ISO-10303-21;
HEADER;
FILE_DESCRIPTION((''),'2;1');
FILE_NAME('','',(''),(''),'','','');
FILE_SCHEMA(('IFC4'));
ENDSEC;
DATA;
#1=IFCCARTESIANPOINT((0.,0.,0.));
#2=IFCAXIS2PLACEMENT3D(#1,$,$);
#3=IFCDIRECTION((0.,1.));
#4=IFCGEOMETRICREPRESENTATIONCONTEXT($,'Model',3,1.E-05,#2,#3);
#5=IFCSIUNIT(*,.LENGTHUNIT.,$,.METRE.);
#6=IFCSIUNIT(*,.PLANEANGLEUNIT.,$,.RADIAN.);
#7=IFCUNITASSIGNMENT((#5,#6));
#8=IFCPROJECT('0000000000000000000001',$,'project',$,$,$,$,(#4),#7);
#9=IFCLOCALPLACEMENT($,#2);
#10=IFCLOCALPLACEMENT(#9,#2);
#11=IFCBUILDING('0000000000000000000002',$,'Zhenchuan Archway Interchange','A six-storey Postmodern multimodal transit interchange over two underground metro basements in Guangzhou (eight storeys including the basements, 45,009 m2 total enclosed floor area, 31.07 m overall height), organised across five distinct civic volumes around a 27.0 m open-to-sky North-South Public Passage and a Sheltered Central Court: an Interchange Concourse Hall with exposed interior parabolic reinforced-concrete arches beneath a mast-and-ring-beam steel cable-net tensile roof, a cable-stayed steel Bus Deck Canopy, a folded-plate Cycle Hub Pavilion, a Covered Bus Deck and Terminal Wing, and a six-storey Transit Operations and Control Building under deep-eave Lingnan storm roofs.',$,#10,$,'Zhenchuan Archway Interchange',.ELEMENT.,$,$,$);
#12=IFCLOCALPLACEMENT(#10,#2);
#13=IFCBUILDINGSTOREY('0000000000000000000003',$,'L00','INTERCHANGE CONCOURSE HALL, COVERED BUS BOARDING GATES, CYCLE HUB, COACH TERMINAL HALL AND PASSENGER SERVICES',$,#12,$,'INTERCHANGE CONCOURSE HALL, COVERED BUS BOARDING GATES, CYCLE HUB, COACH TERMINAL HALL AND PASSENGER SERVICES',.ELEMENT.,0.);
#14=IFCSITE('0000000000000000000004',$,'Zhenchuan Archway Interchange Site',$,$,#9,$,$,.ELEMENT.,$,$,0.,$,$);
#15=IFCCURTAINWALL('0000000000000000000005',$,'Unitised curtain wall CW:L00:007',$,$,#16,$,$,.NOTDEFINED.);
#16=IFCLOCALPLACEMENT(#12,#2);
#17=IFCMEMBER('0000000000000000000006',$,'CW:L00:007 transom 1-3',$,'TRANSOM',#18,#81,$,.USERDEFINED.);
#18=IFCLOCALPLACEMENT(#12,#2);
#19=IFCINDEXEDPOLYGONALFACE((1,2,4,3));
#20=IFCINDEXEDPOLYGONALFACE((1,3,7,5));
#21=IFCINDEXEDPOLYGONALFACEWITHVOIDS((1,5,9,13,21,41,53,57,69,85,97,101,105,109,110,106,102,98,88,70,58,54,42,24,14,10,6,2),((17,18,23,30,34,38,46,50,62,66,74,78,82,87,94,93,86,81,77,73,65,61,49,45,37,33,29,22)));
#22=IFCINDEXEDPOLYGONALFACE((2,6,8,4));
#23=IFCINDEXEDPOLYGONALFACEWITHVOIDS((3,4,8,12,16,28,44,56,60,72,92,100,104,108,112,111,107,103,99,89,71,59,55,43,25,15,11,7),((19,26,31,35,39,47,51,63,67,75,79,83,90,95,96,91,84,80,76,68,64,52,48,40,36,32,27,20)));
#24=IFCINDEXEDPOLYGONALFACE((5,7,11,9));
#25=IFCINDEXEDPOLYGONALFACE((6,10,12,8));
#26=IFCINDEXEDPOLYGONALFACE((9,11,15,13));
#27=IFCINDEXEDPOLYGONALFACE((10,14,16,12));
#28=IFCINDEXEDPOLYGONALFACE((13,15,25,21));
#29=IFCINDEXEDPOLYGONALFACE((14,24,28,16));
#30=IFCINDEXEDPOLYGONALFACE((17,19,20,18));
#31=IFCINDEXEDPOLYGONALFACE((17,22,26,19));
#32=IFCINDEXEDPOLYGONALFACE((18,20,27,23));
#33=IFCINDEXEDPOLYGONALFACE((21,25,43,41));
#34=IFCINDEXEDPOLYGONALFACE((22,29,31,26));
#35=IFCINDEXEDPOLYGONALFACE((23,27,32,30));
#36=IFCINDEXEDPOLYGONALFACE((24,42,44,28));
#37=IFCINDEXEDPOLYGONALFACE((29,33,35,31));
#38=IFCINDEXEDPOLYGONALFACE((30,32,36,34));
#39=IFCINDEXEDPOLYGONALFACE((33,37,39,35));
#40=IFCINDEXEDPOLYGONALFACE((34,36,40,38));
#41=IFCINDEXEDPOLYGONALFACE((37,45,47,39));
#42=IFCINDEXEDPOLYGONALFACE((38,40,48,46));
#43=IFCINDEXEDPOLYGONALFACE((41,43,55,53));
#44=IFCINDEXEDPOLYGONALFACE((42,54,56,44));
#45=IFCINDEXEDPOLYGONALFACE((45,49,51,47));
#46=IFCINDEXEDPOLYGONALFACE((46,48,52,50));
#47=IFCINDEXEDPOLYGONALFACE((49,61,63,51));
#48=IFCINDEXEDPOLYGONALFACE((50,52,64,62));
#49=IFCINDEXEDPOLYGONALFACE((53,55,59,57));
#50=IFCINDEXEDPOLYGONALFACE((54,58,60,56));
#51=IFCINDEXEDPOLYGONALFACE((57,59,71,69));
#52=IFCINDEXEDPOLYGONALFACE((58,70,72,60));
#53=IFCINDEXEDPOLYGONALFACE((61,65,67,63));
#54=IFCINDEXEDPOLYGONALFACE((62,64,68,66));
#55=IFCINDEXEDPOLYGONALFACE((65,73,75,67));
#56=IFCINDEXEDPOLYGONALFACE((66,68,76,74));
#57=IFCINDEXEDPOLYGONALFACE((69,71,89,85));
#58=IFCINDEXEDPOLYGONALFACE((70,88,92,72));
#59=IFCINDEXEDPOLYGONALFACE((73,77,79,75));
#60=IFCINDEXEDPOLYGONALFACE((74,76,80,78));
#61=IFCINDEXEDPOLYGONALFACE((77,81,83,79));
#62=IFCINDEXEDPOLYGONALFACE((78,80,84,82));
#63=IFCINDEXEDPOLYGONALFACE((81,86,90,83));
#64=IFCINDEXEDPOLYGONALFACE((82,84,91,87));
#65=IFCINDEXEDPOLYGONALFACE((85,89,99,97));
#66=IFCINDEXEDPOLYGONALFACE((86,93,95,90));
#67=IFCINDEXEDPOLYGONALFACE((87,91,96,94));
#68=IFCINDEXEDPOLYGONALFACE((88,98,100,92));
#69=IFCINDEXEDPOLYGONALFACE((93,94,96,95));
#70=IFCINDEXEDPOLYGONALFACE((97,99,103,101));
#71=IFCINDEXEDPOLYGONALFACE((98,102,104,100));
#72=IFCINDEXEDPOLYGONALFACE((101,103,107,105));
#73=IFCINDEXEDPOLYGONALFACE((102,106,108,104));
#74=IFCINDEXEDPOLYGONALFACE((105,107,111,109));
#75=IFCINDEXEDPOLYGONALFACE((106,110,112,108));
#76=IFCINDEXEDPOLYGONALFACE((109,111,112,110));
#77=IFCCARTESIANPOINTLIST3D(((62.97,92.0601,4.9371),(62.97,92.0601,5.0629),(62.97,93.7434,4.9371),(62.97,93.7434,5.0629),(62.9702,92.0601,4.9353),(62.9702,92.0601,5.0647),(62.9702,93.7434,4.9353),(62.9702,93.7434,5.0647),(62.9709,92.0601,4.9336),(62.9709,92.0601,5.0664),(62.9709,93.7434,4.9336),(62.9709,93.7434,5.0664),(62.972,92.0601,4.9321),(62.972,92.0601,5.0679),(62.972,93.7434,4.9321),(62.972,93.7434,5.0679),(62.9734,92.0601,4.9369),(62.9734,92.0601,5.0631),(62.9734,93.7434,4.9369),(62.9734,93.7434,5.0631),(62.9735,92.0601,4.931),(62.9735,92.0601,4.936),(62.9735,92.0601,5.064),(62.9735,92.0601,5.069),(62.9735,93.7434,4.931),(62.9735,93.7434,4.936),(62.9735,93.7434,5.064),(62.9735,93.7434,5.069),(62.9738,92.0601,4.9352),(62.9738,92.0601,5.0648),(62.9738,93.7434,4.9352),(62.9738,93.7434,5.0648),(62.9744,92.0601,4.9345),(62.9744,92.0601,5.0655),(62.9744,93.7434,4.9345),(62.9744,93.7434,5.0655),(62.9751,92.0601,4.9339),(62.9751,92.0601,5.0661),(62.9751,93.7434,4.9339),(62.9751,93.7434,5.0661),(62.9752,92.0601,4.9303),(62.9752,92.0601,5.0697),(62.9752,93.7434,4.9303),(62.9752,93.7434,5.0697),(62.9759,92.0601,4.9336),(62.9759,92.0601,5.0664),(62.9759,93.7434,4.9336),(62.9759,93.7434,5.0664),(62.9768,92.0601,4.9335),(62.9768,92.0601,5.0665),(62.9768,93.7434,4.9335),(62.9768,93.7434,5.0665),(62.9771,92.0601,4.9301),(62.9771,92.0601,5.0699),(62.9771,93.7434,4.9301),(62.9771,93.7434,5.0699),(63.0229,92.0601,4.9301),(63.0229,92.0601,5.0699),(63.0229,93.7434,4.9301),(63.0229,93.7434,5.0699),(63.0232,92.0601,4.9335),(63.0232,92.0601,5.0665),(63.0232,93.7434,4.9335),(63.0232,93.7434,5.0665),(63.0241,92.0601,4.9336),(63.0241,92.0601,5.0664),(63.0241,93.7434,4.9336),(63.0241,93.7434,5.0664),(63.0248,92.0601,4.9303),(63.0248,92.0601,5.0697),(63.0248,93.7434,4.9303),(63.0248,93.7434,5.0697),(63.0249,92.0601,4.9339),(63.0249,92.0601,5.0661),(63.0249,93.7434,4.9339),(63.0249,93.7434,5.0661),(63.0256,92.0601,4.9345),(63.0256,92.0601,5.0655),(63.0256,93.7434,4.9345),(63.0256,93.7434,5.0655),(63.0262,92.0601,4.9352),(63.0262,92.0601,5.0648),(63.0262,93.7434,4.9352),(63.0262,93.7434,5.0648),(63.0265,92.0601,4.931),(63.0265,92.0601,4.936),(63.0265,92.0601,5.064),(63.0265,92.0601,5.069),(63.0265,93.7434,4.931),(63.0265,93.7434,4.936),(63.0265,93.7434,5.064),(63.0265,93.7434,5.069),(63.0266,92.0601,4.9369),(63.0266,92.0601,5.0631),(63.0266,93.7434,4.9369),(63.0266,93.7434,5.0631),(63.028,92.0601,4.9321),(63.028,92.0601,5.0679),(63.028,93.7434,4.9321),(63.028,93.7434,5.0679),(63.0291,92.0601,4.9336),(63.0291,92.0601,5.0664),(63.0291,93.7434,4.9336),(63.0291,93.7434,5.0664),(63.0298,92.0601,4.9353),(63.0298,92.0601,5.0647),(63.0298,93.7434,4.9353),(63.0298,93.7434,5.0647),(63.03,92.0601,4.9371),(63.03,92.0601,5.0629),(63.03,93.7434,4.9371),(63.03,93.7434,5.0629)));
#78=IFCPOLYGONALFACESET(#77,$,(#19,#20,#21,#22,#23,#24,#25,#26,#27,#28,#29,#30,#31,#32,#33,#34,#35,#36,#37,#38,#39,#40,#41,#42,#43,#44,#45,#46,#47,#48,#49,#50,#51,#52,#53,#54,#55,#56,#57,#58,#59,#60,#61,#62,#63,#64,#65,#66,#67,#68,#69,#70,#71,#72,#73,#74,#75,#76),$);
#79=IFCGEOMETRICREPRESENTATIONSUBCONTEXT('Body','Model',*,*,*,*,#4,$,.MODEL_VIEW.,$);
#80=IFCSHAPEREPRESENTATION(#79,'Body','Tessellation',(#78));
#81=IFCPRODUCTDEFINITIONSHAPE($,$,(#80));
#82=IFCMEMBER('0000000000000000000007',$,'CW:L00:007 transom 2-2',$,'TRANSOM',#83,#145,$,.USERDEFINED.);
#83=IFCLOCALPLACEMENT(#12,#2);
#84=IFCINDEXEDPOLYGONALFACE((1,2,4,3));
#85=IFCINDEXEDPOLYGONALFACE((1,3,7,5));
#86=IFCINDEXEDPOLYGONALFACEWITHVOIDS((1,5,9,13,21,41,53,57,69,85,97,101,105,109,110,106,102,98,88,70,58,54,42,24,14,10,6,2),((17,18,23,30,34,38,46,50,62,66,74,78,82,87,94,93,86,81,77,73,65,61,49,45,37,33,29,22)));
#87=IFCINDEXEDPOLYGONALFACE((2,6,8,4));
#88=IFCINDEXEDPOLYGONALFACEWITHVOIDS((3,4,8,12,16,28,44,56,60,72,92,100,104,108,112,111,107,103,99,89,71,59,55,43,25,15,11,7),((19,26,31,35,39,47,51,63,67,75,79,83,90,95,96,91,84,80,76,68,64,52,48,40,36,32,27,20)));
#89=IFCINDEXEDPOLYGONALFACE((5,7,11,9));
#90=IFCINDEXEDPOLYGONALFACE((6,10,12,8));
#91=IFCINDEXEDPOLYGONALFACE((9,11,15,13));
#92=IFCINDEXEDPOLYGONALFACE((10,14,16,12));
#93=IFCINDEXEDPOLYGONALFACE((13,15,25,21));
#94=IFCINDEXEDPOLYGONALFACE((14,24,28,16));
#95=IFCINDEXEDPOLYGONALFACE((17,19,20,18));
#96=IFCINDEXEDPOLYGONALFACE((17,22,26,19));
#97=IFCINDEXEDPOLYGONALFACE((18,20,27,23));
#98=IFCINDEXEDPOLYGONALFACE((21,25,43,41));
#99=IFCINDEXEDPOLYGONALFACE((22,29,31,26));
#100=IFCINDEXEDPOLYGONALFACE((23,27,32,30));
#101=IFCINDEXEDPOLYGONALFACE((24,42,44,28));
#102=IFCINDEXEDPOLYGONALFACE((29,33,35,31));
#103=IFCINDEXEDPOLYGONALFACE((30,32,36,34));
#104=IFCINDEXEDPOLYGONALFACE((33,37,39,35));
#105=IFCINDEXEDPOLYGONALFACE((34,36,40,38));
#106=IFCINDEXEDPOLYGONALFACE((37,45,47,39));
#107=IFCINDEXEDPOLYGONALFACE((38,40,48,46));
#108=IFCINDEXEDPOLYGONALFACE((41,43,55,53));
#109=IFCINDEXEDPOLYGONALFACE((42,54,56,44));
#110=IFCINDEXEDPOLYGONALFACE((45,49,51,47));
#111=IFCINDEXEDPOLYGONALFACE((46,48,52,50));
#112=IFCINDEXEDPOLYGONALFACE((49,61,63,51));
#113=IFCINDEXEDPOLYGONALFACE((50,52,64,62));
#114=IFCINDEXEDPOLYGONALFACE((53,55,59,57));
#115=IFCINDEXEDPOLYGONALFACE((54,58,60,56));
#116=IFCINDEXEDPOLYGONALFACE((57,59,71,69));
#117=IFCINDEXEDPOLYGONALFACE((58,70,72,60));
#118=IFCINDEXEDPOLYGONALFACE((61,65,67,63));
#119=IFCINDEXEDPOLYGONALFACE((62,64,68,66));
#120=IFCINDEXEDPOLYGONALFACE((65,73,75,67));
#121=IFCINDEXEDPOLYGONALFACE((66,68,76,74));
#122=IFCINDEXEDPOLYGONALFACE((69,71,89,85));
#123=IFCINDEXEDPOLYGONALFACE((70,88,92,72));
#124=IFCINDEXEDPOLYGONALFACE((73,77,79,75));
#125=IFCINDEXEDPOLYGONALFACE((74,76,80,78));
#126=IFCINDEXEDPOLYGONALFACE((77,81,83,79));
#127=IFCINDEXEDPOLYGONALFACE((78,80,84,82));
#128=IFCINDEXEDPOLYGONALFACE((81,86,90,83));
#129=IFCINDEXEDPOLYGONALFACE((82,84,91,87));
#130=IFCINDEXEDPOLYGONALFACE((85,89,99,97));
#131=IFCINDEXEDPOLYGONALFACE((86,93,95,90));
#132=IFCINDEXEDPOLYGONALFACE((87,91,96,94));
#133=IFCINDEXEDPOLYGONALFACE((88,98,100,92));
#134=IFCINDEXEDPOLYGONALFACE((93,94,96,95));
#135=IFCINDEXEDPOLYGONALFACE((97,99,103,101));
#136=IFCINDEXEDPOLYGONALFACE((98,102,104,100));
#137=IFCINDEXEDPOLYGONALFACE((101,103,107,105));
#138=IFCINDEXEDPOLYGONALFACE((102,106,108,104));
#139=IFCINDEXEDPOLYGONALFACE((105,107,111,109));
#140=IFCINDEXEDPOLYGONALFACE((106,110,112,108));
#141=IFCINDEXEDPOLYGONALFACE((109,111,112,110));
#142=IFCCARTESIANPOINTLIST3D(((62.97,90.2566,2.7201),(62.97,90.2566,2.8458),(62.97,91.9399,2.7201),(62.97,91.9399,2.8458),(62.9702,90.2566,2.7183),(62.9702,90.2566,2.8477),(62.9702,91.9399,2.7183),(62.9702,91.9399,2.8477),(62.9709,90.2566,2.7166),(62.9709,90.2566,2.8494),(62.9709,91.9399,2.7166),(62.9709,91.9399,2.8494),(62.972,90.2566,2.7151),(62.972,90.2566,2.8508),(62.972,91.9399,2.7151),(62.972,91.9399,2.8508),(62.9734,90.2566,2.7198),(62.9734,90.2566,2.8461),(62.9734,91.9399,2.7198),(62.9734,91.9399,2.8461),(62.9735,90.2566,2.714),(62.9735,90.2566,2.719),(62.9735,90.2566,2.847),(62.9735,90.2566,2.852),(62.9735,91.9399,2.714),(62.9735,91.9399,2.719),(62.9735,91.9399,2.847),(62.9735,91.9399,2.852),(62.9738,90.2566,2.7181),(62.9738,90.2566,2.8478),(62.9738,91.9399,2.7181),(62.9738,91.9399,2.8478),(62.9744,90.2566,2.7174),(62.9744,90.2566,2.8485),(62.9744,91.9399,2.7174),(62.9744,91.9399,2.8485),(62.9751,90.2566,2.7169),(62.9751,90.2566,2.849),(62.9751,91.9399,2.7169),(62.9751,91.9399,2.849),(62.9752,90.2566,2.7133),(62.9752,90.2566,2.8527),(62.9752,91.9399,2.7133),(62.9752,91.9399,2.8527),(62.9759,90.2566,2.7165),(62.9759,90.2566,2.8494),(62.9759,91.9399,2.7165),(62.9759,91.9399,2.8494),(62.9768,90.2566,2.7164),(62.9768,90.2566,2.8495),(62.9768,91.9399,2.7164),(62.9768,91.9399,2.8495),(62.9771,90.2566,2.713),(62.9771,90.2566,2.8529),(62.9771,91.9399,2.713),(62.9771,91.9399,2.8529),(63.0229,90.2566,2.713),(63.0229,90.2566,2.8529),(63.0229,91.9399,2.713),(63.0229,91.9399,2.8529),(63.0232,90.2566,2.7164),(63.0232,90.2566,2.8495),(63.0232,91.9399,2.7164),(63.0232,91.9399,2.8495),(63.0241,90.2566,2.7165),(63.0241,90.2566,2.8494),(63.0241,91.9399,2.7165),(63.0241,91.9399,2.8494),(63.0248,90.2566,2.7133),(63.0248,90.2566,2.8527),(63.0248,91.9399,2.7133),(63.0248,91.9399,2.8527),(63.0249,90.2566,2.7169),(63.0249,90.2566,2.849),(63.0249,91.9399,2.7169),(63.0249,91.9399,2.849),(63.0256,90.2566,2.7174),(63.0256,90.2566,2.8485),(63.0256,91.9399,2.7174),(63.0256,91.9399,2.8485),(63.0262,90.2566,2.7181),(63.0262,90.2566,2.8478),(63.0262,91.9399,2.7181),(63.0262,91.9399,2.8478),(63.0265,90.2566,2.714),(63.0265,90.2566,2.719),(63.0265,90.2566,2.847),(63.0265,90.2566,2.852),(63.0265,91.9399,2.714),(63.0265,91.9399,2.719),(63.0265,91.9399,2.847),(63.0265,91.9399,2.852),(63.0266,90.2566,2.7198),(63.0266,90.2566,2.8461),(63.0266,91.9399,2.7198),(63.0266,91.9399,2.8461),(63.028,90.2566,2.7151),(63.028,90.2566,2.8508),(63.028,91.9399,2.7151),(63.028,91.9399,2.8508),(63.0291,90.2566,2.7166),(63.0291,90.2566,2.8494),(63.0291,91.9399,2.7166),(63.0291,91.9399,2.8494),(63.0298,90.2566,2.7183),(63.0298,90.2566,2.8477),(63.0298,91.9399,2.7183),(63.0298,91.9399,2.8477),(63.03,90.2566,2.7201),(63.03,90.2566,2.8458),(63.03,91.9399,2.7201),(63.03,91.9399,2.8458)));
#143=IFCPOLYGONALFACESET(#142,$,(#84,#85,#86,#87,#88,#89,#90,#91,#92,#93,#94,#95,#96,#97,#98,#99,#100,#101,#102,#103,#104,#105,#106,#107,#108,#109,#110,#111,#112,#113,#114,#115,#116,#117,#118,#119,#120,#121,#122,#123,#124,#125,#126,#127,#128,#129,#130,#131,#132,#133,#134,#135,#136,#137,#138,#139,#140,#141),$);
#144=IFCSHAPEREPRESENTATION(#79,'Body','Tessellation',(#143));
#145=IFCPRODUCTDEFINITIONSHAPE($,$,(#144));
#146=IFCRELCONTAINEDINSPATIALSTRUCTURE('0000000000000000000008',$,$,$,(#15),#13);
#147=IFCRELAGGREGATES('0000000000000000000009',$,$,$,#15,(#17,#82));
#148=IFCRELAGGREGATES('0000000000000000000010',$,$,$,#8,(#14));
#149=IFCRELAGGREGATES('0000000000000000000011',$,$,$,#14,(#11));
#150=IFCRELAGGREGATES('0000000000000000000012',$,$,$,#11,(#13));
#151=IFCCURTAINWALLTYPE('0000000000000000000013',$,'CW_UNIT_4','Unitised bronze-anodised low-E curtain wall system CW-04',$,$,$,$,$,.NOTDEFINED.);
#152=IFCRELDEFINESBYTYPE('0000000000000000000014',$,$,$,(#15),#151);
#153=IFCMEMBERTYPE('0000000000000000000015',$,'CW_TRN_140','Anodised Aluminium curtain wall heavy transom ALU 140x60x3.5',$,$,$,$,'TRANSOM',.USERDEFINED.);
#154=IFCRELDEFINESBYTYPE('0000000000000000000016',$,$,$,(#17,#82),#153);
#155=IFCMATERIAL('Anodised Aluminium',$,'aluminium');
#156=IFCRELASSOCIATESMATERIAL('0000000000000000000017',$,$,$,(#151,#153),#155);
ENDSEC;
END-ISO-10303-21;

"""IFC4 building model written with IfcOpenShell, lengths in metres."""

from ifc_helpers import new_model, si_unit, direction, frame, origin, origin_2d, place, context, subcontext, project, spatial, hollow_rectangle, extrude, material, material_profile, profile_set, type_object, element, aggregate, save


model = new_model("IFC4")

# Units and contexts
model_context = context("Model", 3, precision=1e-05, world=origin(), true_north=direction((0.0, 1.0)))
body_context = subcontext(model_context, "Body", "Model", "MODEL_VIEW")
ifc_project = project(units=[si_unit("LENGTHUNIT", "METRE"), si_unit("PLANEANGLEUNIT", "RADIAN")], contexts=[model_context])

# Site, building, storey
site_placement = place(None, origin())
site = spatial("IfcSite", under=ifc_project, at=site_placement, Name="Zhenchuan Archway Interchange Site", CompositionType="ELEMENT", RefElevation=0.0)
building_placement = place(site_placement, origin())
building = spatial("IfcBuilding", under=site, at=building_placement, Name="Zhenchuan Archway Interchange", Description="A six-storey Postmodern multimodal transit interchange over two underground metro basements in Guangzhou (eight storeys including the basements, 45,009 m2 total enclosed floor area, 31.07 m overall height), organised across five distinct civic volumes around a 27.0 m open-to-sky North-South Public Passage and a Sheltered Central Court: an Interchange Concourse Hall with exposed interior parabolic reinforced-concrete arches beneath a mast-and-ring-beam steel cable-net tensile roof, a cable-stayed steel Bus Deck Canopy, a folded-plate Cycle Hub Pavilion, a Covered Bus Deck and Terminal Wing, and a six-storey Transit Operations and Control Building under deep-eave Lingnan storm roofs.", LongName="Zhenchuan Archway Interchange", CompositionType="ELEMENT")
storey_placement = place(building_placement, origin())
storey = spatial("IfcBuildingStorey", under=building, at=storey_placement, Name="L00", Description="INTERCHANGE CONCOURSE HALL, COVERED BUS BOARDING GATES, CYCLE HUB, COACH TERMINAL HALL AND PASSENGER SERVICES", LongName="INTERCHANGE CONCOURSE HALL, COVERED BUS BOARDING GATES, CYCLE HUB, COACH TERMINAL HALL AND PASSENGER SERVICES", CompositionType="ELEMENT", Elevation=0.0)

# Shared definitions
ifc_material_1 = material(Name="Anodised Aluminium", Category="aluminium")

# Curtain wall
curtain_wall_type_1 = type_object("IfcCurtainWallType", Name="CW_UNIT_4", Description="Unitised bronze-anodised low-E curtain wall system CW-04", PredefinedType="NOTDEFINED", material=ifc_material_1)
curtain_wall_1_placement = place(storey_placement, origin())
curtain_wall_1 = element("IfcCurtainWall", 1, at=curtain_wall_1_placement, inside=storey, type_object=curtain_wall_type_1, Name="Unitised curtain wall CW:L00:007", PredefinedType="NOTDEFINED")

# Members
ifc_material_profile_1 = material_profile(ifc_material_1, hollow_rectangle(XDim=0.0601, YDim=0.1399, WallThickness=0.0034, InnerFilletRadius=0.0034, OuterFilletRadius=0.0071, at=origin_2d()), Name="ALU 140x60x3.5")
ifc_profile_set_1 = profile_set([ifc_material_profile_1], Name="Anodised Aluminium")
member_type_1 = type_object("IfcMemberType", Name="CW_TRN_140", Description="Anodised Aluminium curtain wall heavy transom ALU 140x60x3.5", ElementType="TRANSOM", PredefinedType="USERDEFINED", material=ifc_profile_set_1)
member_1_placement = place(storey_placement, frame((63.0, 93.7434, 5.0), z_axis=(0.0, -1.0, 0.0), x_axis=(1.0, 0.0, 0.0)))
member_1 = element("IfcMember", 2, at=member_1_placement, type_object=member_type_1, Name="CW:L00:007 transom 1-3", ObjectType="TRANSOM", PredefinedType="USERDEFINED", context=body_context, shape_type="SweptSolid", body=[
    extrude(hollow_rectangle(XDim=0.0601, YDim=0.1399, WallThickness=0.0034, InnerFilletRadius=0.0034, OuterFilletRadius=0.0071, at=origin_2d()), origin(), (0.0, 0.0, 1.0), 1.6833),
])
member_2_placement = place(storey_placement, frame((63.0, 91.9399, 2.783), z_axis=(0.0, -1.0, 0.0), x_axis=(1.0, 0.0, 0.0)))
member_2 = element("IfcMember", 3, at=member_2_placement, type_object=member_type_1, Name="CW:L00:007 transom 2-2", ObjectType="TRANSOM", PredefinedType="USERDEFINED", context=body_context, shape_type="SweptSolid", body=[
    extrude(hollow_rectangle(XDim=0.0601, YDim=0.1399, WallThickness=0.0034, InnerFilletRadius=0.0034, OuterFilletRadius=0.0071, at=origin_2d()), origin(), (0.0, 0.0, 1.0), 1.6833),
])

aggregate(curtain_wall_1, [member_1, member_2])

save(model, "model.ifc")
